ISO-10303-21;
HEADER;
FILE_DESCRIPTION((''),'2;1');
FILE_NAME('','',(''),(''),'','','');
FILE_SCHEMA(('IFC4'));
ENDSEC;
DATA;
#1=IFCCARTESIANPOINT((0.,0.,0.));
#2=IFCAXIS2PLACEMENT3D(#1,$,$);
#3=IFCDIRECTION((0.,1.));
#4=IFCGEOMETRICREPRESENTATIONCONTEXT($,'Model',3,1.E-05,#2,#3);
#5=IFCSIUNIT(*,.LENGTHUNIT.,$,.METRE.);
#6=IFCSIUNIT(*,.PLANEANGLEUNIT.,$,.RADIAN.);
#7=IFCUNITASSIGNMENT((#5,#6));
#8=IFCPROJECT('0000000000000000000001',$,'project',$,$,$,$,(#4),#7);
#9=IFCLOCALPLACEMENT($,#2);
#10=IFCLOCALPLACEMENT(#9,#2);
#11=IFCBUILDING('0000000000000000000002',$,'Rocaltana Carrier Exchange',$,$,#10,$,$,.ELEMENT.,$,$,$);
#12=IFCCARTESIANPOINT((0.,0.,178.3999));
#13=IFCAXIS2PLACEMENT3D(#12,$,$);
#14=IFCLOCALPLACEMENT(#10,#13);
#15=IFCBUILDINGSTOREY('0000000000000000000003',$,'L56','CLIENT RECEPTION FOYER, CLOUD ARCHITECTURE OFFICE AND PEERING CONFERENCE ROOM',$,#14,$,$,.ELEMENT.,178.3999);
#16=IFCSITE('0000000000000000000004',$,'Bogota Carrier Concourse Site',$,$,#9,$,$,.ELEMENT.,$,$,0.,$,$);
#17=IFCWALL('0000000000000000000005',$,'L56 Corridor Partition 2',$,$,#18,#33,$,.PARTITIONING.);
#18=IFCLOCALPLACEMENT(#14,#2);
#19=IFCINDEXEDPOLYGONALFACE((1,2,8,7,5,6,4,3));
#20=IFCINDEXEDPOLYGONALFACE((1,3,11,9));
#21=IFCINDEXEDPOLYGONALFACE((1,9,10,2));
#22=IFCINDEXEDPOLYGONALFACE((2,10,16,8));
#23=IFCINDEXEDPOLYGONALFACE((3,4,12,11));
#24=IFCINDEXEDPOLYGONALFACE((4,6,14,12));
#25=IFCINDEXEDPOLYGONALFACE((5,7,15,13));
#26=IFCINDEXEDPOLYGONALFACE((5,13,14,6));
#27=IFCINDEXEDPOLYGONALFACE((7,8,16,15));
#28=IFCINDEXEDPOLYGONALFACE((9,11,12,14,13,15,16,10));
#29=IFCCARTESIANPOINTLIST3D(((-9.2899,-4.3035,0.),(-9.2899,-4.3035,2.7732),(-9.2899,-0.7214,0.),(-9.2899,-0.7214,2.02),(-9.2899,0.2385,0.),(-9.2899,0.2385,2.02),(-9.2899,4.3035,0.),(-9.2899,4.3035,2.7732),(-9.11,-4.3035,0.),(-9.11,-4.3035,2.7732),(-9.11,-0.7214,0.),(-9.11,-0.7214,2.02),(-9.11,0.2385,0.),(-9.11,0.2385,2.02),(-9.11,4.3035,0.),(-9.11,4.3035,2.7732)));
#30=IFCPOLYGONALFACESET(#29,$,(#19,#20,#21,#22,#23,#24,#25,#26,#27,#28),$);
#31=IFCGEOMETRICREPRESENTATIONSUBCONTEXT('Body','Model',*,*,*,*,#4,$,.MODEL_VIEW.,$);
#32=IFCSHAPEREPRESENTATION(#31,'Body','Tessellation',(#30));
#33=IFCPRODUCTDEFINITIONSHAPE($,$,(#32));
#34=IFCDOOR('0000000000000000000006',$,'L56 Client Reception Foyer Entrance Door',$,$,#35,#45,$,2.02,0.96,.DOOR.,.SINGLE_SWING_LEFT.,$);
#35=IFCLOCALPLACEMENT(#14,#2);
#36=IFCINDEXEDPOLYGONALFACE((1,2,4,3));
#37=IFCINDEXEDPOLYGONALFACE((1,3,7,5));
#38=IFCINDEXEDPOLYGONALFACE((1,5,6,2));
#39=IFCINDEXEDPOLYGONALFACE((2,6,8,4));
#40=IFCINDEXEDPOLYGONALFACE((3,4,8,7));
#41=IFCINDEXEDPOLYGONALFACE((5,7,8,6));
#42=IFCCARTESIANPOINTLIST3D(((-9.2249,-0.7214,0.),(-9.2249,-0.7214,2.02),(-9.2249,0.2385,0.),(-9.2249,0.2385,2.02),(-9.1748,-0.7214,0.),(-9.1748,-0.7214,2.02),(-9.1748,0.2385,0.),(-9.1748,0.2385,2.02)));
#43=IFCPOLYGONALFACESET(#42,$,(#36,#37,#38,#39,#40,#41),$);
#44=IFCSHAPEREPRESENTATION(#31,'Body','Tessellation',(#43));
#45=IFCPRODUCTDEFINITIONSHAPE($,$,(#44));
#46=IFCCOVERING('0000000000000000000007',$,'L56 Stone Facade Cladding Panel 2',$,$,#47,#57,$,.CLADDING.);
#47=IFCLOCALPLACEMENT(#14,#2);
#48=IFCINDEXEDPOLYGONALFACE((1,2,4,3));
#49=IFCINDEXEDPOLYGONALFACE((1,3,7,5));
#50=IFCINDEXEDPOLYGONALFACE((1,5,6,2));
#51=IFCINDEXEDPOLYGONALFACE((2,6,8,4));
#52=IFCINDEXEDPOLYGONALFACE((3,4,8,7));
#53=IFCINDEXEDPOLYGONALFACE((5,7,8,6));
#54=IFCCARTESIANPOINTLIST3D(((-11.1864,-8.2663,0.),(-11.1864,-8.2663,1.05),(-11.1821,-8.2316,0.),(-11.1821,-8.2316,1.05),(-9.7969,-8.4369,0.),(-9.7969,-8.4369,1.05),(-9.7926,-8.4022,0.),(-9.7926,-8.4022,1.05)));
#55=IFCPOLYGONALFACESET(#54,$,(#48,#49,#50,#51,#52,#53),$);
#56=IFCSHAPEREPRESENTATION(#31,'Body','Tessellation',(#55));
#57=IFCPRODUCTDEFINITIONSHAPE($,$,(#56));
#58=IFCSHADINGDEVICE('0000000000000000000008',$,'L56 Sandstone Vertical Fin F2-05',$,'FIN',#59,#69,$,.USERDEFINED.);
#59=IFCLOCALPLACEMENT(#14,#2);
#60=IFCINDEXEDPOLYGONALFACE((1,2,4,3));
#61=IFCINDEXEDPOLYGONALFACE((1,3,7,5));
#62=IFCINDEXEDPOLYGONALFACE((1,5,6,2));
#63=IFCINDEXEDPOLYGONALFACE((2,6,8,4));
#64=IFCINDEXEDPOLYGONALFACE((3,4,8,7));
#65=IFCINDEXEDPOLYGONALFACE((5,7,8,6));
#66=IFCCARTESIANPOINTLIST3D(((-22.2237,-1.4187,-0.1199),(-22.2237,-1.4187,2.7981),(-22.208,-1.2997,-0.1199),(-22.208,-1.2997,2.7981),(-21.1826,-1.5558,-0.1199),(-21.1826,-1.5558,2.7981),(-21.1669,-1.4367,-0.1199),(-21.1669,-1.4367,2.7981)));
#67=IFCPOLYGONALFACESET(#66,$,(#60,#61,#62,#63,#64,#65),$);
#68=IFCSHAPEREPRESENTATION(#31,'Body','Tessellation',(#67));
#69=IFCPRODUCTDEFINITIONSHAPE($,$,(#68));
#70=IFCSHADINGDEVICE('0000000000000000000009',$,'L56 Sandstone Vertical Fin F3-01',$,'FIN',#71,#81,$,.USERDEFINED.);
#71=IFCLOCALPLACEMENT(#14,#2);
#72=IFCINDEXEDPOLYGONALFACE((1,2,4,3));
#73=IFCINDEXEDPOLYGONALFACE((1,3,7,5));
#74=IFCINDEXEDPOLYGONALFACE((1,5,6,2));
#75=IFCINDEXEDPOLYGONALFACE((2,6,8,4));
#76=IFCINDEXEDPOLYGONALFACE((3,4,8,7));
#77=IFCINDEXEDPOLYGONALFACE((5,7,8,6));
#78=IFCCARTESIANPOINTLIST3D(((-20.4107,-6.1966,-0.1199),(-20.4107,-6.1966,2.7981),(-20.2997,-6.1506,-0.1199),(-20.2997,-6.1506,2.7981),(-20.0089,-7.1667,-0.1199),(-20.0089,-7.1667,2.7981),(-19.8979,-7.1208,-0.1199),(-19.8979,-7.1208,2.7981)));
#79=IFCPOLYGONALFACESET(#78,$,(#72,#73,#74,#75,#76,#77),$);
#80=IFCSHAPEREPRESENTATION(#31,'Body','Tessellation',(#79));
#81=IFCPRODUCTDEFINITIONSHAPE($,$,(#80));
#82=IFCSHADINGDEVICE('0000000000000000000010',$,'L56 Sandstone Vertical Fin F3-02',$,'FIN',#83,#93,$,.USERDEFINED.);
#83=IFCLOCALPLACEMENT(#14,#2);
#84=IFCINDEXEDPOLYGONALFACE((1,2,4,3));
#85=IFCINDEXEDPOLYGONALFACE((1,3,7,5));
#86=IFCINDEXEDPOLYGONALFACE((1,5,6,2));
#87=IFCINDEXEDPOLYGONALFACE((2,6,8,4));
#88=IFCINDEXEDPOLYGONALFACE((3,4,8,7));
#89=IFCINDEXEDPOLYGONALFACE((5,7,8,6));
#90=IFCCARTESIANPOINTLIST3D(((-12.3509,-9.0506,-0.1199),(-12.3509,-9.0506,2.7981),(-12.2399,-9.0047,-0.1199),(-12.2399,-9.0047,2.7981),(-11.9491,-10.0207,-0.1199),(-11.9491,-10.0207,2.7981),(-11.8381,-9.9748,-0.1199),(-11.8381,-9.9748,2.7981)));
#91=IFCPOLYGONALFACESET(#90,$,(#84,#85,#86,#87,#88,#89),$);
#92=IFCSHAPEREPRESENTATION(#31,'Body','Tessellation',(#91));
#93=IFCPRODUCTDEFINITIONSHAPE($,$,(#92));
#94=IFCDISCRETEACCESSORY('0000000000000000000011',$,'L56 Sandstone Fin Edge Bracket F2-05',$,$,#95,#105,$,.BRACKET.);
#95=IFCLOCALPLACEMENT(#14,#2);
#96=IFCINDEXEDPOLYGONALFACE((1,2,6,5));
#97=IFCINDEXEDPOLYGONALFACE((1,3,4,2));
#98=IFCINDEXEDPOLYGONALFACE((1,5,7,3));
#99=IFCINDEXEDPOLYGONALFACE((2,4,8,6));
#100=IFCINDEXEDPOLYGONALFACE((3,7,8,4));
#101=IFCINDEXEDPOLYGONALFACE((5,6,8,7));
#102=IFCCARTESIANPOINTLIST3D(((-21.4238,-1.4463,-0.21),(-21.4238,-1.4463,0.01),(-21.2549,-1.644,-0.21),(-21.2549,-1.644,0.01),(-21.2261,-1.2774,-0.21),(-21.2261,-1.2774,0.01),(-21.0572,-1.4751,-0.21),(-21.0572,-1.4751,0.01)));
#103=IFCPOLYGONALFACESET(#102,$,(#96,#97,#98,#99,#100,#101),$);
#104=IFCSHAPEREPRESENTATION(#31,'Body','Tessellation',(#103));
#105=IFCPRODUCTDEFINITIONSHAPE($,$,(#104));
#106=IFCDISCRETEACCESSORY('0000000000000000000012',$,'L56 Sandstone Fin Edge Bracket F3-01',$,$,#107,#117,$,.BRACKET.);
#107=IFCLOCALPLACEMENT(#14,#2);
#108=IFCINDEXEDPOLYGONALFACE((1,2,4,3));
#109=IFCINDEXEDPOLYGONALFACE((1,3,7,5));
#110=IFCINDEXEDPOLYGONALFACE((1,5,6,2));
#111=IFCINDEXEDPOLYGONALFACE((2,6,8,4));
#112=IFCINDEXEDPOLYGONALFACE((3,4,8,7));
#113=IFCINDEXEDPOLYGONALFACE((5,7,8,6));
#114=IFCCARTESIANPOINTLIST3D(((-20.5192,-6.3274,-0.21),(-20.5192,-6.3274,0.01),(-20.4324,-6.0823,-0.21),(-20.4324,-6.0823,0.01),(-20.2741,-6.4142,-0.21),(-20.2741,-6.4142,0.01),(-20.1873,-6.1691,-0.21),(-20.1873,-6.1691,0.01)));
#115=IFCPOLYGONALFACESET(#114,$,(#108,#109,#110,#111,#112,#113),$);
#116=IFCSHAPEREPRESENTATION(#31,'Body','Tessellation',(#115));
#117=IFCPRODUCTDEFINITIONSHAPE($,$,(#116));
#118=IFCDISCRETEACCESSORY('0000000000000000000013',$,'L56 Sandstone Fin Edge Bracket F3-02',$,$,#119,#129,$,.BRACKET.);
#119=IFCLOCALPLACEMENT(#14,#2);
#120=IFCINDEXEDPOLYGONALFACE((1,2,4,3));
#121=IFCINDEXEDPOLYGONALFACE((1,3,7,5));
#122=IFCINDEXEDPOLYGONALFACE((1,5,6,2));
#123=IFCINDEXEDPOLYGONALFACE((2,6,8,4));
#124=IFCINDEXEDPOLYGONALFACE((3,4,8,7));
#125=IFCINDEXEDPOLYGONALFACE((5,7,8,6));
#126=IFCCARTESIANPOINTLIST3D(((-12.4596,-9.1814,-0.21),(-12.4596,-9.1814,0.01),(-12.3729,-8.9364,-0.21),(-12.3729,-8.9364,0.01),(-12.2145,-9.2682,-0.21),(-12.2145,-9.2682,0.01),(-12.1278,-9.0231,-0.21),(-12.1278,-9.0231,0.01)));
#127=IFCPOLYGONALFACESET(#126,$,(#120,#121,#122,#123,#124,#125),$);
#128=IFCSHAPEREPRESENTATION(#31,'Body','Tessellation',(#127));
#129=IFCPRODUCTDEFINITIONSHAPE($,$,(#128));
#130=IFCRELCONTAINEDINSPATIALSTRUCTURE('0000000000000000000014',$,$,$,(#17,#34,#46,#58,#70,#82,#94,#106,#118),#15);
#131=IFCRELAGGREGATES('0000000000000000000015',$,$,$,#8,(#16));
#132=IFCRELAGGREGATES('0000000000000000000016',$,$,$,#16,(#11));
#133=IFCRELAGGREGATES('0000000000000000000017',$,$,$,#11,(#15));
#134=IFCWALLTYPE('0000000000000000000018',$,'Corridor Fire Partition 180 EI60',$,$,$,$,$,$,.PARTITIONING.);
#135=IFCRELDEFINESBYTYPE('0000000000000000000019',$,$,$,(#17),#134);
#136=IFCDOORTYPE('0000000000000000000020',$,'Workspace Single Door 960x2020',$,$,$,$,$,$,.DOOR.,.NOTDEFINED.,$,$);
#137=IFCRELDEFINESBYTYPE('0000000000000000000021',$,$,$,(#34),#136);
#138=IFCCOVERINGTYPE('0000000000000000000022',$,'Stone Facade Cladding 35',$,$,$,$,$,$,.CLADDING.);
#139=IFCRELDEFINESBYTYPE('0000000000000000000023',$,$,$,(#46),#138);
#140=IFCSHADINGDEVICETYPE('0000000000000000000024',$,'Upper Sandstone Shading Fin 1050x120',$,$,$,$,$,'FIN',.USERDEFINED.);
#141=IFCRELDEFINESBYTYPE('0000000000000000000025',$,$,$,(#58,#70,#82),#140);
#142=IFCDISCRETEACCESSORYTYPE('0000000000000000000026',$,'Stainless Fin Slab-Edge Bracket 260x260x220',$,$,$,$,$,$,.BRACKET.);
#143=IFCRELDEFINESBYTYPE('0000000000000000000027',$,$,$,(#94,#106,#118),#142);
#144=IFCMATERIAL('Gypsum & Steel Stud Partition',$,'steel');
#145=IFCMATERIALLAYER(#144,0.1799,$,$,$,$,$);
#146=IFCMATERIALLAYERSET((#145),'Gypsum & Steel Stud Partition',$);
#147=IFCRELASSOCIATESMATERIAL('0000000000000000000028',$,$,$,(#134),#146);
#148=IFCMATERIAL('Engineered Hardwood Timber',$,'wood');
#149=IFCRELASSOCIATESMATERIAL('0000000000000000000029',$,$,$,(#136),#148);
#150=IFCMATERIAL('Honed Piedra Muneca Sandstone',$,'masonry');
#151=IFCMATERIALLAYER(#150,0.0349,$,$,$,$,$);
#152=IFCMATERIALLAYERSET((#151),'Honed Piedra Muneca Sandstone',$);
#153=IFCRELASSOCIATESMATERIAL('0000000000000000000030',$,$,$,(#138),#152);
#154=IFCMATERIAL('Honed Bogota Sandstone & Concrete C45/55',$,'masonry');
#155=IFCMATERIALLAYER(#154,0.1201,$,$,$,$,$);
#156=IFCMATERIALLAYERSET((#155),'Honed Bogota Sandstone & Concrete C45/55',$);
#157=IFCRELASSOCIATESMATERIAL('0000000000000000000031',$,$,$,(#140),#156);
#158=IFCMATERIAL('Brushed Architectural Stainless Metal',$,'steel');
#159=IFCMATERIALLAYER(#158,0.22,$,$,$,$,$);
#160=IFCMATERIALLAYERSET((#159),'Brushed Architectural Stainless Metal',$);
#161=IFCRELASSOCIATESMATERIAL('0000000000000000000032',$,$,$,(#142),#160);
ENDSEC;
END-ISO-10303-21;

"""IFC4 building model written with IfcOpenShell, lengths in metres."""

from ifc_helpers import new_model, si_unit, direction, frame, frame_2d, origin, origin_2d, place, context, subcontext, project, spatial, rectangle, extrude, material, layer, layer_set, type_object, element, fill, save


model = new_model("IFC4")

# Units and contexts
model_context = context("Model", 3, precision=1e-05, world=origin(), true_north=direction((0.0, 1.0)))
body_context = subcontext(model_context, "Body", "Model", "MODEL_VIEW")
ifc_project = project(units=[si_unit("LENGTHUNIT", "METRE"), si_unit("PLANEANGLEUNIT", "RADIAN")], contexts=[model_context])

# Site, building, storey
site_placement = place(None, origin())
site = spatial("IfcSite", under=ifc_project, at=site_placement, Name="Bogota Carrier Concourse Site", CompositionType="ELEMENT", RefElevation=0.0)
building_placement = place(site_placement, origin())
building = spatial("IfcBuilding", under=site, at=building_placement, Name="Rocaltana Carrier Exchange", CompositionType="ELEMENT")
storey_placement = place(building_placement, frame((0.0, 0.0, 178.3999)))
storey = spatial("IfcBuildingStorey", under=building, at=storey_placement, Name="L56", Description="CLIENT RECEPTION FOYER, CLOUD ARCHITECTURE OFFICE AND PEERING CONFERENCE ROOM", CompositionType="ELEMENT", Elevation=178.3999)

# Wall, opening, door
ifc_material_1 = material(Name="Gypsum & Steel Stud Partition", Category="steel")
ifc_layer_1 = layer(ifc_material_1, 0.1799)
ifc_layer_set_1 = layer_set([ifc_layer_1], Name="Gypsum & Steel Stud Partition")
wall_type_1 = type_object("IfcWallType", Name="Corridor Fire Partition 180 EI60", PredefinedType="PARTITIONING", material=ifc_layer_set_1)
wall_1_placement = place(storey_placement, frame((-9.2, -4.3035, 0.0), z_axis=(0.0, 0.0, 1.0), x_axis=(0.0, 1.0, 0.0)))
wall_1 = element("IfcWall", 1, at=wall_1_placement, inside=storey, type_object=wall_type_1, Name="L56 Corridor Partition 2", PredefinedType="PARTITIONING", context=body_context, shape_type="SweptSolid", body=[
    extrude(rectangle(XDim=8.6069, YDim=0.1799, at=frame_2d((4.3035, 0.0))), origin(), (0.0, 0.0, 1.0), 2.7732),
])
opening_placement = place(wall_1_placement, frame((3.582, 0.0, 0.0)))
opening = element("IfcOpeningElement", 2, at=opening_placement, cuts=wall_1, PredefinedType="OPENING", context=body_context, shape_type="SweptSolid", body=[
    extrude(rectangle(XDim=0.96, YDim=2.02, at=frame_2d((0.48, 1.01))), frame((0.0, 0.0999, 0.0), z_axis=(0.0, -1.0, 0.0), x_axis=(1.0, 0.0, 0.0)), (0.0, 0.0, 1.0), 0.2),
])
ifc_material_2 = material(Name="Engineered Hardwood Timber", Category="wood")
door_type = type_object("IfcDoorType", Name="Workspace Single Door 960x2020", OperationType="NOTDEFINED", PredefinedType="DOOR", material=ifc_material_2)
door_placement = place(opening_placement, origin())
door = element("IfcDoor", 3, at=door_placement, inside=storey, type_object=door_type, Name="L56 Client Reception Foyer Entrance Door", OperationType="SINGLE_SWING_LEFT", OverallHeight=2.02, OverallWidth=0.96, PredefinedType="DOOR", context=body_context, shape_type="SweptSolid", body=[
    extrude(rectangle(XDim=0.96, YDim=2.02, at=frame_2d((0.48, 1.01))), frame((0.0, 0.0249, 0.0), z_axis=(0.0, -1.0, 0.0), x_axis=(1.0, 0.0, 0.0)), (0.0, 0.0, 1.0), 0.05),
])
fill(opening, door)

# Covering
ifc_material_3 = material(Name="Honed Piedra Muneca Sandstone", Category="masonry")
ifc_layer_2 = layer(ifc_material_3, 0.0349)
ifc_layer_set_2 = layer_set([ifc_layer_2], Name="Honed Piedra Muneca Sandstone")
covering_type = type_object("IfcCoveringType", Name="Stone Facade Cladding 35", PredefinedType="CLADDING", material=ifc_layer_set_2)
covering_placement = place(storey_placement, frame((-10.4895, -8.3342, 0.0), z_axis=(0.0, 0.0, 1.0), x_axis=(-0.992546, 0.121869, 0.0)))
element("IfcCovering", 4, at=covering_placement, inside=storey, type_object=covering_type, Name="L56 Stone Facade Cladding Panel 2", PredefinedType="CLADDING", context=body_context, shape_type="SweptSolid", body=[
    extrude(rectangle(XDim=1.3999, YDim=0.0349, at=origin_2d()), origin(), (0.0, 0.0, 1.0), 1.05),
])

# Shading devices
ifc_material_4 = material(Name="Honed Bogota Sandstone & Concrete C45/55", Category="masonry")
ifc_layer_3 = layer(ifc_material_4, 0.1201)
ifc_layer_set_3 = layer_set([ifc_layer_3], Name="Honed Bogota Sandstone & Concrete C45/55")
shading_device_type = type_object("IfcShadingDeviceType", Name="Upper Sandstone Shading Fin 1050x120", ElementType="FIN", PredefinedType="USERDEFINED", material=ifc_layer_set_3)
for number, where, z_axis, x_axis, name in (
    (5, (-21.6953, -1.4277, -0.1199), (0.0, 0.0, 1.0), (-0.991445, 0.130526, 0.0), "L56 Sandstone Vertical Fin F2-05"),
    (6, (-20.1543, -6.6587, -0.1199), (0.0, 0.0, 1.0), (0.382683, -0.92388, 0.0), "L56 Sandstone Vertical Fin F3-01"),
    (7, (-12.0945, -9.5127, -0.1199), (0.0, 0.0, 1.0), (0.382683, -0.92388, 0.0), "L56 Sandstone Vertical Fin F3-02"),
):
    element("IfcShadingDevice", number, at=place(storey_placement, frame(where, z_axis=z_axis, x_axis=x_axis)), inside=storey, type_object=shading_device_type, Name=name, ObjectType="FIN", PredefinedType="USERDEFINED", context=body_context, shape_type="SweptSolid", body=[
        extrude(rectangle(XDim=1.05, YDim=0.1201, at=origin_2d()), origin(), (0.0, 0.0, 1.0), 2.918),
    ])

# Discrete accessories
ifc_material_5 = material(Name="Brushed Architectural Stainless Metal", Category="steel")
ifc_layer_4 = layer(ifc_material_5, 0.22)
ifc_layer_set_4 = layer_set([ifc_layer_4], Name="Brushed Architectural Stainless Metal")
discrete_accessory_type = type_object("IfcDiscreteAccessoryType", Name="Stainless Fin Slab-Edge Bracket 260x260x220", PredefinedType="BRACKET", material=ifc_layer_set_4)
for number, where, z_axis, x_axis, name in (
    (8, (-21.2405, -1.4607, -0.21), (0.0, 0.0, 1.0), (-0.760406, -0.649448, 0.0), "L56 Sandstone Fin Edge Bracket F2-05"),
    (9, (-20.3533, -6.2483, -0.21), (0.0, 0.0, 1.0), (0.942641, -0.333807, 0.0), "L56 Sandstone Fin Edge Bracket F3-01"),
    (10, (-12.2937, -9.1023, -0.21), (0.0, 0.0, 1.0), (0.942641, -0.333807, 0.0), "L56 Sandstone Fin Edge Bracket F3-02"),
):
    element("IfcDiscreteAccessory", number, at=place(storey_placement, frame(where, z_axis=z_axis, x_axis=x_axis)), inside=storey, type_object=discrete_accessory_type, Name=name, PredefinedType="BRACKET", context=body_context, shape_type="SweptSolid", body=[
        extrude(rectangle(XDim=0.26, YDim=0.26, at=origin_2d()), origin(), (0.0, 0.0, 1.0), 0.22),
    ])

save(model, "model.ifc")
